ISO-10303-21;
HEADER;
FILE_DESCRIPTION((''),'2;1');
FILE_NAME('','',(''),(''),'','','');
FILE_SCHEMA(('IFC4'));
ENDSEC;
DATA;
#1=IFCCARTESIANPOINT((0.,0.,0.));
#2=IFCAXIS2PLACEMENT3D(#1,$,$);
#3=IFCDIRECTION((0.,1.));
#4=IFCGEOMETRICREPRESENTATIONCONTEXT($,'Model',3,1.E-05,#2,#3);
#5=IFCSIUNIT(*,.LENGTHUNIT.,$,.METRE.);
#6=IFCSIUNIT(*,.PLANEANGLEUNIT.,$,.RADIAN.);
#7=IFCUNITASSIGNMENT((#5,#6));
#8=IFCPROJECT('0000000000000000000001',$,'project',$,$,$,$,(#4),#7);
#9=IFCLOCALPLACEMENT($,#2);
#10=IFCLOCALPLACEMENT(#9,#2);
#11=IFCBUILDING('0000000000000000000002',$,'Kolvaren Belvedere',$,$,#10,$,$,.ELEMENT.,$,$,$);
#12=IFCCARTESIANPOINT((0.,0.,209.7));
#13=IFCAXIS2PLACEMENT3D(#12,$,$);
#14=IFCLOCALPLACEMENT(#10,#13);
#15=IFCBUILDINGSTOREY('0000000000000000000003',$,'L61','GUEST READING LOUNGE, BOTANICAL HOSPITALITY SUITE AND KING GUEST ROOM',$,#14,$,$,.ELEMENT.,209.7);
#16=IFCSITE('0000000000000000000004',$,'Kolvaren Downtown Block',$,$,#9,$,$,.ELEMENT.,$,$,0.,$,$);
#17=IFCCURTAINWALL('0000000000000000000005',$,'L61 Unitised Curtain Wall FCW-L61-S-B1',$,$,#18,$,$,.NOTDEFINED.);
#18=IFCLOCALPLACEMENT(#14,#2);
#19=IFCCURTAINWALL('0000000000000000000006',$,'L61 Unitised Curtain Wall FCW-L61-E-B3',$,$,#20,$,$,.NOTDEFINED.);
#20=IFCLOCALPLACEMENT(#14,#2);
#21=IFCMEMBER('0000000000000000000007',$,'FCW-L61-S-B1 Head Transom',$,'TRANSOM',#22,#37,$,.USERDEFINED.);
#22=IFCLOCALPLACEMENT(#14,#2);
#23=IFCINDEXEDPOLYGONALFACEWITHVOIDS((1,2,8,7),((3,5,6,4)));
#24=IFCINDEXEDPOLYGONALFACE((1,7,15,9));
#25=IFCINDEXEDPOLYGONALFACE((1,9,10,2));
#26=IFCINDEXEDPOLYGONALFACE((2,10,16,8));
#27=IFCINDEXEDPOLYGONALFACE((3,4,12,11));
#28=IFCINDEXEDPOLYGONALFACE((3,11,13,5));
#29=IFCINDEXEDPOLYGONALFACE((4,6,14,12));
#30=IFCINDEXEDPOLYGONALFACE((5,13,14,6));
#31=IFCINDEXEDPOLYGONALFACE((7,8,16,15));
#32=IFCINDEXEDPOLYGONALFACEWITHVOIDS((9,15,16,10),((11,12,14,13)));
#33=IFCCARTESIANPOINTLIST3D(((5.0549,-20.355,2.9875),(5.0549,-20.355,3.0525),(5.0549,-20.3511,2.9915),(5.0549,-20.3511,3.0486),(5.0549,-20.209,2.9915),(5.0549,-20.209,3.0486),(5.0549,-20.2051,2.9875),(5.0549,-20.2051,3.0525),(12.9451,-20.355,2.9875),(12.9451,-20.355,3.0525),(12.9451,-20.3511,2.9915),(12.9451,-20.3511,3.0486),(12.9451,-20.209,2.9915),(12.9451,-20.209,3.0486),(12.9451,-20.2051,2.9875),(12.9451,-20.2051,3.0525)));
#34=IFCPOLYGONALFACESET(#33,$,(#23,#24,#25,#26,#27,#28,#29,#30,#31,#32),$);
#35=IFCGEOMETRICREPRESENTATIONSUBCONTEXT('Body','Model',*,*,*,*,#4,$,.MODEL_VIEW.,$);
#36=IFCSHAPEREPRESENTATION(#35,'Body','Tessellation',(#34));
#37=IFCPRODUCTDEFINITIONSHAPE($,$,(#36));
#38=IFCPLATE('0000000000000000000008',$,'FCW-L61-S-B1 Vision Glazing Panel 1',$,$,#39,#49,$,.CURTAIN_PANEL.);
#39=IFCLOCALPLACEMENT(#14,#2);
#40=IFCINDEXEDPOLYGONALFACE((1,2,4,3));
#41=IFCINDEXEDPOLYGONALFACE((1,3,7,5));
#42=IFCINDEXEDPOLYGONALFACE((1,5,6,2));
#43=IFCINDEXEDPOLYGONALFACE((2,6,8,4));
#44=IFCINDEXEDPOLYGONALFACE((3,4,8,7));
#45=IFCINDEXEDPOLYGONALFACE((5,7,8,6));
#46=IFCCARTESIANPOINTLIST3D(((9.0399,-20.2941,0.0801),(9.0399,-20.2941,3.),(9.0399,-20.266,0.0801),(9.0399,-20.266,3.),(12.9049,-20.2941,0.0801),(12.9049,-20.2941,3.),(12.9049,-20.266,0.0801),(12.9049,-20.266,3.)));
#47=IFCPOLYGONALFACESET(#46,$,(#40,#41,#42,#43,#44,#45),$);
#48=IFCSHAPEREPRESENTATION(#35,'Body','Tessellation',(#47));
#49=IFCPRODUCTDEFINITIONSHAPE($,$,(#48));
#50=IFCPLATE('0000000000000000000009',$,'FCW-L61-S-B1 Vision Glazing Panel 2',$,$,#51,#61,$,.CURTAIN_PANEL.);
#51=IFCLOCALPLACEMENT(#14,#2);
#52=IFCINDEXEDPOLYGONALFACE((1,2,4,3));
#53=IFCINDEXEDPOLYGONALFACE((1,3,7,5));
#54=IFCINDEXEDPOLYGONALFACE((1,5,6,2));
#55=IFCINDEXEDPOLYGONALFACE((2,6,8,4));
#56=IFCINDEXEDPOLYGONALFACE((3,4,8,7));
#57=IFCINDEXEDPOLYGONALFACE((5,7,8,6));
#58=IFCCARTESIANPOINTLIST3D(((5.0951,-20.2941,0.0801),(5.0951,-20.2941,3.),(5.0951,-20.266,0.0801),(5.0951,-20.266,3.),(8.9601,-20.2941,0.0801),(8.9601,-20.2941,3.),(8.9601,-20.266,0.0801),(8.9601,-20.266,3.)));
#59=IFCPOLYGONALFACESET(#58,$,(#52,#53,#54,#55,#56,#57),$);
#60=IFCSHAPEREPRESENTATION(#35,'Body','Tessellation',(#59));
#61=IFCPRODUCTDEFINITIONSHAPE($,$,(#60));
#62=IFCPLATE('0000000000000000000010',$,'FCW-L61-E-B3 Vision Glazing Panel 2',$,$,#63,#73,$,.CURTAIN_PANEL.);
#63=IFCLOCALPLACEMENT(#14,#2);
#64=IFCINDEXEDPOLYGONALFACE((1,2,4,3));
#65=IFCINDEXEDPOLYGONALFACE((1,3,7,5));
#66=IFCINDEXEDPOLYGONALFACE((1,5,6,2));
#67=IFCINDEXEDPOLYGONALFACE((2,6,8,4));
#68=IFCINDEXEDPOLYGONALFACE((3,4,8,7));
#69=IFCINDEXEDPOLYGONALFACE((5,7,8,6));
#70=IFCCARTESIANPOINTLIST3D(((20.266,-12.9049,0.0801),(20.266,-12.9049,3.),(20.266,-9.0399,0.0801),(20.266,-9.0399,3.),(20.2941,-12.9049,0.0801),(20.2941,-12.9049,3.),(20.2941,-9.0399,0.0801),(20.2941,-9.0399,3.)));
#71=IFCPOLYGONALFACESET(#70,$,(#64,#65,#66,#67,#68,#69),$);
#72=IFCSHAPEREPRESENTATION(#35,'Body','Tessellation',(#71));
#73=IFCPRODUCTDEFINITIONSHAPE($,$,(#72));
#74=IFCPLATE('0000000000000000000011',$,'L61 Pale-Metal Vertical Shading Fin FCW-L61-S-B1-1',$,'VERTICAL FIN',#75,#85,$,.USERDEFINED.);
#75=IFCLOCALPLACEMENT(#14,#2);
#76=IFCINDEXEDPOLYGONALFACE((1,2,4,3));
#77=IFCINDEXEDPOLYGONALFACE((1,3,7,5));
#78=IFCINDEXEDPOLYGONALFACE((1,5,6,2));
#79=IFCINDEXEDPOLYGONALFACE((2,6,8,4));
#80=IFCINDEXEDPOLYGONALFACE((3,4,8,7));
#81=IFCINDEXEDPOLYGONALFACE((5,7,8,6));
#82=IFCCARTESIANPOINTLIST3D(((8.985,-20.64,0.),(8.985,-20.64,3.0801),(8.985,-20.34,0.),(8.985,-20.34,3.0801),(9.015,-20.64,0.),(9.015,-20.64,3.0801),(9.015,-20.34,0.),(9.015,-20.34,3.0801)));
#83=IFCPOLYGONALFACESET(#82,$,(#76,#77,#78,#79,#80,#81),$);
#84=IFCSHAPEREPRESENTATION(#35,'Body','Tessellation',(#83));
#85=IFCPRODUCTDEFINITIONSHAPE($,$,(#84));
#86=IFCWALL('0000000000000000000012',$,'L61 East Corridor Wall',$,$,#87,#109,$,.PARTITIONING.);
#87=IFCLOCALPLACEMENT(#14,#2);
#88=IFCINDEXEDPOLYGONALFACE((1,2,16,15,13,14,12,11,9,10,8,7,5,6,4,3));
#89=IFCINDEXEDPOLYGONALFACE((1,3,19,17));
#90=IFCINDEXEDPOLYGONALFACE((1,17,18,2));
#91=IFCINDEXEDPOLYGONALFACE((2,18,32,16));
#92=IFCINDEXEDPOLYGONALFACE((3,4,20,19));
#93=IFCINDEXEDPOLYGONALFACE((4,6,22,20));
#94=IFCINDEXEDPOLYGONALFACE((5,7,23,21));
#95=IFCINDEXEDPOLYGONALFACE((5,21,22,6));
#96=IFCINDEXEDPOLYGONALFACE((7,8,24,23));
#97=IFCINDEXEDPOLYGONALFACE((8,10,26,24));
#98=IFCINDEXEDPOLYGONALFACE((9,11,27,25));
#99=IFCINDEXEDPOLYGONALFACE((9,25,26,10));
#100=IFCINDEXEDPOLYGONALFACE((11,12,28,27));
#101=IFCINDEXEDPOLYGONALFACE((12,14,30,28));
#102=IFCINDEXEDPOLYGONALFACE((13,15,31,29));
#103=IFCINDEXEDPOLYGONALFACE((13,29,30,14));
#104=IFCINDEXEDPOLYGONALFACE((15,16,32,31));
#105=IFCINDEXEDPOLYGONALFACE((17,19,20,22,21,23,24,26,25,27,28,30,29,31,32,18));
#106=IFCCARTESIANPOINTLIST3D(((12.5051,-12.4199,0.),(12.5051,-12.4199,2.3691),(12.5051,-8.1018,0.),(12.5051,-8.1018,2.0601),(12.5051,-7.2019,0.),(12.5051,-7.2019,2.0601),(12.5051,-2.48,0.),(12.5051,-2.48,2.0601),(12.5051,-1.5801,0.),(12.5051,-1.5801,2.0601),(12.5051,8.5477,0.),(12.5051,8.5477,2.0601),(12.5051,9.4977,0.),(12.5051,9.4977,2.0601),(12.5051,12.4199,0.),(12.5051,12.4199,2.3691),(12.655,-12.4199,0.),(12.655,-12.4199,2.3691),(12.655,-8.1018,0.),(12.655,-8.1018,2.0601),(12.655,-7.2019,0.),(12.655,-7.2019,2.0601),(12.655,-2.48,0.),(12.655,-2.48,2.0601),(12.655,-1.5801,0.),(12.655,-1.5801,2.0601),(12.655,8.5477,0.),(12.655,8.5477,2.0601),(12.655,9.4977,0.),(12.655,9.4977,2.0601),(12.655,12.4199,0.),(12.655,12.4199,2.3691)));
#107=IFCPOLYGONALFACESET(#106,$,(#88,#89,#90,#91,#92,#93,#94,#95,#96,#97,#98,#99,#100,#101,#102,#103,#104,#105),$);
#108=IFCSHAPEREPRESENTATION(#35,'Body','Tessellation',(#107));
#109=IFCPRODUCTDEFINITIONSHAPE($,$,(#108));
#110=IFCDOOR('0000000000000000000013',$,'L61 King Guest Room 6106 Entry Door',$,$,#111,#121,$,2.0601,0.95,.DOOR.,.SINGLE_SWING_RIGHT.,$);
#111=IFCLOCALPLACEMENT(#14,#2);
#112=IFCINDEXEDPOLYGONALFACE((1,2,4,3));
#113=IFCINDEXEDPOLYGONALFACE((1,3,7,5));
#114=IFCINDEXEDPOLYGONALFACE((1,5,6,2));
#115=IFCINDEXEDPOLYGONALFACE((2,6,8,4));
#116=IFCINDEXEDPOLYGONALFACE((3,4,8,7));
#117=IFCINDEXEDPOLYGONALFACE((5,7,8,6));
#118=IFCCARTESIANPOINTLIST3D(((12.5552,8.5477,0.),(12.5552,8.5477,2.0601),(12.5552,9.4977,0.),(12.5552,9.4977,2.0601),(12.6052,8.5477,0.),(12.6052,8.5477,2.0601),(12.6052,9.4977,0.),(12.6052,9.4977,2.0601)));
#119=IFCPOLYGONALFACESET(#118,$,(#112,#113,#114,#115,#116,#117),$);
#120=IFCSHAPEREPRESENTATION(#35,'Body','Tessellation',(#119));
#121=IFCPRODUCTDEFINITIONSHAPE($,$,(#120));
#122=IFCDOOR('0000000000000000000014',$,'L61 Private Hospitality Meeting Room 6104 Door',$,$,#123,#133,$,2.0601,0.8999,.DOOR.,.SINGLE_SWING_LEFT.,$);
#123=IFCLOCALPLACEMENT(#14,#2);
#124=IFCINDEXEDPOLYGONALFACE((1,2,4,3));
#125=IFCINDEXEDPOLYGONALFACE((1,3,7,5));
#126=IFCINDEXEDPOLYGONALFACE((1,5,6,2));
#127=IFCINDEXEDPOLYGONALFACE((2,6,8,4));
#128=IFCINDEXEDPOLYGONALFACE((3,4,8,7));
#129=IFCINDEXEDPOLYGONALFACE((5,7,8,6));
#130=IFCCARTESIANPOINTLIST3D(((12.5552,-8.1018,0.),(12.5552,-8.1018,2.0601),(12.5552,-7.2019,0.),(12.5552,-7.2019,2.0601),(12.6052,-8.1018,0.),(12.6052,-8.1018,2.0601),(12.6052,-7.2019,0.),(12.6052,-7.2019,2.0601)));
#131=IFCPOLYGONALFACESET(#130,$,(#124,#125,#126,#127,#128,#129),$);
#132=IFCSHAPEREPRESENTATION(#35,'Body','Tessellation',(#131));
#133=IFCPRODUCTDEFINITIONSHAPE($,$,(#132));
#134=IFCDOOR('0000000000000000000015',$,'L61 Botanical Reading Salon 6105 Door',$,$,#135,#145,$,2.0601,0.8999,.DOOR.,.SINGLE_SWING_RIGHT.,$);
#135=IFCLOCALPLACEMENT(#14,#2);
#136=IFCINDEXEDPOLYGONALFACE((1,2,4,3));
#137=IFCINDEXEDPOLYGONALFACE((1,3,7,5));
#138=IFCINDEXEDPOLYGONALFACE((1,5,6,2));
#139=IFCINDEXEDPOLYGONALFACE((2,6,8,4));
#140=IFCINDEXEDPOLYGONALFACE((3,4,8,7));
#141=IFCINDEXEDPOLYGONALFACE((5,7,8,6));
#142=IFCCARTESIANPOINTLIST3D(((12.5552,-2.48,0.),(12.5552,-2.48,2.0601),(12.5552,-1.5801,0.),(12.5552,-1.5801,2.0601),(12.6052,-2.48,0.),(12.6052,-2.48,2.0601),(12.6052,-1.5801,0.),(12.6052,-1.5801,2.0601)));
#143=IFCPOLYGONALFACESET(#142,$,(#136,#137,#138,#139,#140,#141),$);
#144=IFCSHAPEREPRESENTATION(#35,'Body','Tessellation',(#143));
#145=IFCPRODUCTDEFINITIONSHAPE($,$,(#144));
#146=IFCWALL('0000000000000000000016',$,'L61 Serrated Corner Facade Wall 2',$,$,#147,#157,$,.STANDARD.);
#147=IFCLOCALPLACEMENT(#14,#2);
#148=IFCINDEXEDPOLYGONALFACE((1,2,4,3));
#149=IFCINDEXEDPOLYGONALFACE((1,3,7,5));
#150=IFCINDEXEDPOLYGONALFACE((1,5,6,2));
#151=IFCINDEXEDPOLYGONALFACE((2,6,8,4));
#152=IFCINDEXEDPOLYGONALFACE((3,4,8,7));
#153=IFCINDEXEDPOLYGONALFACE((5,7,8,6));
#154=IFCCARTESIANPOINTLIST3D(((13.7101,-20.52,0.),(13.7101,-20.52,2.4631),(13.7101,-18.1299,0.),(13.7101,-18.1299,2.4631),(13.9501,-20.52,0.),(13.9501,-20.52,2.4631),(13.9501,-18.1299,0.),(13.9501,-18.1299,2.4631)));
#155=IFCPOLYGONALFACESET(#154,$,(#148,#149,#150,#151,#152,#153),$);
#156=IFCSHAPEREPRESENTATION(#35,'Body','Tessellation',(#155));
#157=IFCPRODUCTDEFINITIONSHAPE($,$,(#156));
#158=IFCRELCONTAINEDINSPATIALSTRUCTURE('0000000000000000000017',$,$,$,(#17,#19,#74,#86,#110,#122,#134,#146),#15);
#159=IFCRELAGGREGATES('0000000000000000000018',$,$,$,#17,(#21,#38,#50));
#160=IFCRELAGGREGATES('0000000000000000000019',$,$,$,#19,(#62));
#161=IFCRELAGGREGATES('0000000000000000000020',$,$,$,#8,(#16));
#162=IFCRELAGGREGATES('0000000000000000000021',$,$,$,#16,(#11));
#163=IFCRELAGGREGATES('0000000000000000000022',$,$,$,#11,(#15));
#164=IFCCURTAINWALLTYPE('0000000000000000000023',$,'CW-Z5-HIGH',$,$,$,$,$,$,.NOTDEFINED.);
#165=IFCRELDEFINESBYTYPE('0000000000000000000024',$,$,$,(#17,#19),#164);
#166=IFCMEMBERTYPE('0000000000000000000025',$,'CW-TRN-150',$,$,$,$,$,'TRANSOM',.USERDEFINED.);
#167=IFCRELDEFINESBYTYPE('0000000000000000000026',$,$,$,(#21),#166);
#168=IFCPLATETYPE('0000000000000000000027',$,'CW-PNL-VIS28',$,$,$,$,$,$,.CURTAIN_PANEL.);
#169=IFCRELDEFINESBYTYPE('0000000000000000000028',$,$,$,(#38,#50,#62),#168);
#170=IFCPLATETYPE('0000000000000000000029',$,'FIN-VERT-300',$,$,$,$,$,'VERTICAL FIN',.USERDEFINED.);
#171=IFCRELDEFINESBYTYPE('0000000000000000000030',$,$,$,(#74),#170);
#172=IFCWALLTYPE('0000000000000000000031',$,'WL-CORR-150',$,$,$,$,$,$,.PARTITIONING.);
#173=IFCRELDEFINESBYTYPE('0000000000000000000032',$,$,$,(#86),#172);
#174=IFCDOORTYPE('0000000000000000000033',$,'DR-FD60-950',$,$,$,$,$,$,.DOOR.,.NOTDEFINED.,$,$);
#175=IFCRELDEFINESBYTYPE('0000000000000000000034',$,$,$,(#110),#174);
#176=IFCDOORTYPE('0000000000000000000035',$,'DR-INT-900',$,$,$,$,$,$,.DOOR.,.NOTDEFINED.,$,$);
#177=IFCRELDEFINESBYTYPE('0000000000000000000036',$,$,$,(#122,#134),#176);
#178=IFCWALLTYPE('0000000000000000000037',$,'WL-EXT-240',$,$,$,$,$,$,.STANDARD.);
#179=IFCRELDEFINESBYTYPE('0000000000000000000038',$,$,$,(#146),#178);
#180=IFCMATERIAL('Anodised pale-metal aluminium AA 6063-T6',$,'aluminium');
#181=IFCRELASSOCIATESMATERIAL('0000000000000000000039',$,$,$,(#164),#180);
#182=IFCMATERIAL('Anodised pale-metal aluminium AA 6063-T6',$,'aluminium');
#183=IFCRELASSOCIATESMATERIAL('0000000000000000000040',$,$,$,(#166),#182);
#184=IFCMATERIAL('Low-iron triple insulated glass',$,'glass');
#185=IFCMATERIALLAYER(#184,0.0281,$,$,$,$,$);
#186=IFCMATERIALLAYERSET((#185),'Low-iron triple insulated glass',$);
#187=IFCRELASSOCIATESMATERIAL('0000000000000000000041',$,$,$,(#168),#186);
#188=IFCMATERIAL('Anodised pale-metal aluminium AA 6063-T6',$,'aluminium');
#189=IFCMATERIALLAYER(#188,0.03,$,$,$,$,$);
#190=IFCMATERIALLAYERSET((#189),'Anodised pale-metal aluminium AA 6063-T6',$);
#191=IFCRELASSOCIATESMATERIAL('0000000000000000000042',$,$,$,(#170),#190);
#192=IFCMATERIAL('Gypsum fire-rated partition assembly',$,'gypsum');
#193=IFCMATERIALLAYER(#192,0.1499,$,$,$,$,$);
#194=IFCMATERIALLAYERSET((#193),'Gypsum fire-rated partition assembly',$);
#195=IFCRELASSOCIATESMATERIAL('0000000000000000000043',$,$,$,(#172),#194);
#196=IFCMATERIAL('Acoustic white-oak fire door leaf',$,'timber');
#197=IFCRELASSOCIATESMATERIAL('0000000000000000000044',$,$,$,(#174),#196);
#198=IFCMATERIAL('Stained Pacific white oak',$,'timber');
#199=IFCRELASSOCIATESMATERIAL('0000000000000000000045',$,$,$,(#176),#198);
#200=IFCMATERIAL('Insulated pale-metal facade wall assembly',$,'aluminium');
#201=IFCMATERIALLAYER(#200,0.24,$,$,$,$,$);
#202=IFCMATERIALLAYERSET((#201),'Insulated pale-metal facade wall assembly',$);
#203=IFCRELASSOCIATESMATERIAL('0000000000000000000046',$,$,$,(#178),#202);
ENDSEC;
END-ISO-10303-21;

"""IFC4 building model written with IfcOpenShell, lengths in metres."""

from ifc_helpers import new_model, si_unit, direction, frame, frame_2d, origin, origin_2d, place, context, subcontext, project, spatial, rectangle, hollow_rectangle, extrude, material, layer, layer_set, material_profile, profile_set, type_object, element, fill, aggregate, save


model = new_model("IFC4")

# Units and contexts
model_context = context("Model", 3, precision=1e-05, world=origin(), true_north=direction((0.0, 1.0)))
body_context = subcontext(model_context, "Body", "Model", "MODEL_VIEW")
ifc_project = project(units=[si_unit("LENGTHUNIT", "METRE"), si_unit("PLANEANGLEUNIT", "RADIAN")], contexts=[model_context])

# Site, building, storey
site_placement = place(None, origin())
site = spatial("IfcSite", under=ifc_project, at=site_placement, Name="Kolvaren Downtown Block", CompositionType="ELEMENT", RefElevation=0.0)
building_placement = place(site_placement, origin())
building = spatial("IfcBuilding", under=site, at=building_placement, Name="Kolvaren Belvedere", CompositionType="ELEMENT")
storey_placement = place(building_placement, frame((0.0, 0.0, 209.7)))
storey = spatial("IfcBuildingStorey", under=building, at=storey_placement, Name="L61", Description="GUEST READING LOUNGE, BOTANICAL HOSPITALITY SUITE AND KING GUEST ROOM", CompositionType="ELEMENT", Elevation=209.7)

# Curtain wall
ifc_material_1 = material(Name="Anodised pale-metal aluminium AA 6063-T6", Category="aluminium")
curtain_wall_type = type_object("IfcCurtainWallType", Name="CW-Z5-HIGH", PredefinedType="NOTDEFINED", material=ifc_material_1)
curtain_wall_1_placement = place(storey_placement, origin())
curtain_wall_1 = element("IfcCurtainWall", 1, at=curtain_wall_1_placement, inside=storey, type_object=curtain_wall_type, Name="L61 Unitised Curtain Wall FCW-L61-S-B1", PredefinedType="NOTDEFINED")

# Curtain wall
curtain_wall_2_placement = place(storey_placement, origin())
curtain_wall_2 = element("IfcCurtainWall", 2, at=curtain_wall_2_placement, inside=storey, type_object=curtain_wall_type, Name="L61 Unitised Curtain Wall FCW-L61-E-B3", PredefinedType="NOTDEFINED")

# Member
ifc_material_2 = material(Name="Anodised pale-metal aluminium AA 6063-T6", Category="aluminium")
ifc_material_profile_1 = material_profile(ifc_material_2, hollow_rectangle(XDim=0.0649, YDim=0.1499, WallThickness=0.0039, at=origin_2d()), Name="ALU-TRN-150X65")
ifc_profile_set_1 = profile_set([ifc_material_profile_1], Name="Anodised pale-metal aluminium AA 6063-T6")
member_type_1 = type_object("IfcMemberType", Name="CW-TRN-150", ElementType="TRANSOM", PredefinedType="USERDEFINED", material=ifc_profile_set_1)
member_1_placement = place(storey_placement, frame((12.9451, -20.28, 3.02), z_axis=(-1.0, 0.0, 0.0), x_axis=(0.0, 0.0, 1.0)))
member_1 = element("IfcMember", 3, at=member_1_placement, type_object=member_type_1, Name="FCW-L61-S-B1 Head Transom", ObjectType="TRANSOM", PredefinedType="USERDEFINED", context=body_context, shape_type="SweptSolid", body=[
    extrude(hollow_rectangle(XDim=0.0649, YDim=0.1499, WallThickness=0.0039, at=origin_2d()), origin(), (0.0, 0.0, 1.0), 7.8901),
])

# Plates
ifc_material_3 = material(Name="Low-iron triple insulated glass", Category="glass")
ifc_layer_1 = layer(ifc_material_3, 0.0281)
ifc_layer_set_1 = layer_set([ifc_layer_1], Name="Low-iron triple insulated glass")
plate_type_1 = type_object("IfcPlateType", Name="CW-PNL-VIS28", PredefinedType="CURTAIN_PANEL", material=ifc_layer_set_1)
plate_1_placement = place(storey_placement, frame((10.9724, -20.28, 0.0801), z_axis=(0.0, 0.0, 1.0), x_axis=(-1.0, 0.0, 0.0)))
plate_1 = element("IfcPlate", 4, at=plate_1_placement, type_object=plate_type_1, Name="FCW-L61-S-B1 Vision Glazing Panel 1", PredefinedType="CURTAIN_PANEL", context=body_context, shape_type="SweptSolid", body=[
    extrude(rectangle(XDim=3.865, YDim=0.0281, at=origin_2d()), origin(), (0.0, 0.0, 1.0), 2.9199),
])
plate_2_placement = place(storey_placement, frame((7.0276, -20.28, 0.0801), z_axis=(0.0, 0.0, 1.0), x_axis=(-1.0, 0.0, 0.0)))
plate_2 = element("IfcPlate", 5, at=plate_2_placement, type_object=plate_type_1, Name="FCW-L61-S-B1 Vision Glazing Panel 2", PredefinedType="CURTAIN_PANEL", context=body_context, shape_type="SweptSolid", body=[
    extrude(rectangle(XDim=3.865, YDim=0.0281, at=origin_2d()), origin(), (0.0, 0.0, 1.0), 2.9199),
])
aggregate(curtain_wall_1, [member_1, plate_1, plate_2])
plate_3_placement = place(storey_placement, frame((20.28, -10.9724, 0.0801), z_axis=(0.0, 0.0, 1.0), x_axis=(0.0, -1.0, 0.0)))
plate_3 = element("IfcPlate", 6, at=plate_3_placement, type_object=plate_type_1, Name="FCW-L61-E-B3 Vision Glazing Panel 2", PredefinedType="CURTAIN_PANEL", context=body_context, shape_type="SweptSolid", body=[
    extrude(rectangle(XDim=3.865, YDim=0.0281, at=origin_2d()), origin(), (0.0, 0.0, 1.0), 2.9199),
])
aggregate(curtain_wall_2, [plate_3])
ifc_material_4 = material(Name="Anodised pale-metal aluminium AA 6063-T6", Category="aluminium")
ifc_layer_2 = layer(ifc_material_4, 0.03)
ifc_layer_set_2 = layer_set([ifc_layer_2], Name="Anodised pale-metal aluminium AA 6063-T6")
plate_type_2 = type_object("IfcPlateType", Name="FIN-VERT-300", ElementType="VERTICAL FIN", PredefinedType="USERDEFINED", material=ifc_layer_set_2)
plate_4_placement = place(storey_placement, frame((9.0, -20.49, 0.0), z_axis=(0.0, 0.0, 1.0), x_axis=(0.0, 1.0, 0.0)))
element("IfcPlate", 7, at=plate_4_placement, inside=storey, type_object=plate_type_2, Name="L61 Pale-Metal Vertical Shading Fin FCW-L61-S-B1-1", ObjectType="VERTICAL FIN", PredefinedType="USERDEFINED", context=body_context, shape_type="SweptSolid", body=[
    extrude(rectangle(XDim=0.3, YDim=0.03, at=origin_2d()), origin(), (0.0, 0.0, 1.0), 3.0801),
])

# Wall, openings, doors
ifc_material_5 = material(Name="Gypsum fire-rated partition assembly", Category="gypsum")
ifc_layer_3 = layer(ifc_material_5, 0.1499)
ifc_layer_set_3 = layer_set([ifc_layer_3], Name="Gypsum fire-rated partition assembly")
wall_type_1 = type_object("IfcWallType", Name="WL-CORR-150", PredefinedType="PARTITIONING", material=ifc_layer_set_3)
wall_1_placement = place(storey_placement, frame((12.5801, -12.4199, 0.0), z_axis=(0.0, 0.0, 1.0), x_axis=(0.0, 1.0, 0.0)))
wall_1 = element("IfcWall", 8, at=wall_1_placement, inside=storey, type_object=wall_type_1, Name="L61 East Corridor Wall", PredefinedType="PARTITIONING", context=body_context, shape_type="SweptSolid", body=[
    extrude(rectangle(XDim=24.8398, YDim=0.1499, at=frame_2d((12.4199, 0.0))), origin(), (0.0, 0.0, 1.0), 2.3691),
])
opening_1_placement = place(wall_1_placement, frame((4.3181, 0.0, 0.0)))
opening_1 = element("IfcOpeningElement", 9, at=opening_1_placement, cuts=wall_1, PredefinedType="OPENING", context=body_context, shape_type="SweptSolid", body=[
    extrude(rectangle(XDim=0.8999, YDim=2.0601, at=frame_2d((0.45, 1.03))), frame((0.0, 0.085, 0.0), z_axis=(0.0, -1.0, 0.0), x_axis=(1.0, 0.0, 0.0)), (0.0, 0.0, 1.0), 0.1699),
])
opening_2_placement = place(wall_1_placement, frame((9.9399, 0.0, 0.0)))
opening_2 = element("IfcOpeningElement", 10, at=opening_2_placement, cuts=wall_1, PredefinedType="OPENING", context=body_context, shape_type="SweptSolid", body=[
    extrude(rectangle(XDim=0.8999, YDim=2.0601, at=frame_2d((0.45, 1.03))), frame((0.0, 0.085, 0.0), z_axis=(0.0, -1.0, 0.0), x_axis=(1.0, 0.0, 0.0)), (0.0, 0.0, 1.0), 0.1699),
])
opening_3_placement = place(wall_1_placement, frame((20.9675, 0.0, 0.0)))
opening_3 = element("IfcOpeningElement", 11, at=opening_3_placement, cuts=wall_1, PredefinedType="OPENING", context=body_context, shape_type="SweptSolid", body=[
    extrude(rectangle(XDim=0.95, YDim=2.0601, at=frame_2d((0.4751, 1.03))), frame((0.0, 0.085, 0.0), z_axis=(0.0, -1.0, 0.0), x_axis=(1.0, 0.0, 0.0)), (0.0, 0.0, 1.0), 0.1699),
])
ifc_material_6 = material(Name="Acoustic white-oak fire door leaf", Category="timber")
door_type_1 = type_object("IfcDoorType", Name="DR-FD60-950", OperationType="NOTDEFINED", PredefinedType="DOOR", material=ifc_material_6)
door_1_placement = place(opening_3_placement, origin())
door_1 = element("IfcDoor", 12, at=door_1_placement, inside=storey, type_object=door_type_1, Name="L61 King Guest Room 6106 Entry Door", OperationType="SINGLE_SWING_RIGHT", OverallHeight=2.0601, OverallWidth=0.95, PredefinedType="DOOR", context=body_context, shape_type="SweptSolid", body=[
    extrude(rectangle(XDim=0.95, YDim=2.0601, at=frame_2d((0.4751, 1.03))), frame((0.0, 0.0249, 0.0), z_axis=(0.0, -1.0, 0.0), x_axis=(1.0, 0.0, 0.0)), (0.0, 0.0, 1.0), 0.05),
])
fill(opening_3, door_1)
ifc_material_7 = material(Name="Stained Pacific white oak", Category="timber")
door_type_2 = type_object("IfcDoorType", Name="DR-INT-900", OperationType="NOTDEFINED", PredefinedType="DOOR", material=ifc_material_7)
door_2_placement = place(opening_1_placement, origin())
door_2 = element("IfcDoor", 13, at=door_2_placement, inside=storey, type_object=door_type_2, Name="L61 Private Hospitality Meeting Room 6104 Door", OperationType="SINGLE_SWING_LEFT", OverallHeight=2.0601, OverallWidth=0.8999, PredefinedType="DOOR", context=body_context, shape_type="SweptSolid", body=[
    extrude(rectangle(XDim=0.8999, YDim=2.0601, at=frame_2d((0.45, 1.03))), frame((0.0, 0.0249, 0.0), z_axis=(0.0, -1.0, 0.0), x_axis=(1.0, 0.0, 0.0)), (0.0, 0.0, 1.0), 0.05),
])
fill(opening_1, door_2)
door_3_placement = place(opening_2_placement, origin())
door_3 = element("IfcDoor", 14, at=door_3_placement, inside=storey, type_object=door_type_2, Name="L61 Botanical Reading Salon 6105 Door", OperationType="SINGLE_SWING_RIGHT", OverallHeight=2.0601, OverallWidth=0.8999, PredefinedType="DOOR", context=body_context, shape_type="SweptSolid", body=[
    extrude(rectangle(XDim=0.8999, YDim=2.0601, at=frame_2d((0.45, 1.03))), frame((0.0, 0.0249, 0.0), z_axis=(0.0, -1.0, 0.0), x_axis=(1.0, 0.0, 0.0)), (0.0, 0.0, 1.0), 0.05),
])
fill(opening_2, door_3)

# Wall
ifc_material_8 = material(Name="Insulated pale-metal facade wall assembly", Category="aluminium")
ifc_layer_4 = layer(ifc_material_8, 0.24)
ifc_layer_set_4 = layer_set([ifc_layer_4], Name="Insulated pale-metal facade wall assembly")
wall_type_2 = type_object("IfcWallType", Name="WL-EXT-240", PredefinedType="STANDARD", material=ifc_layer_set_4)
wall_2_placement = place(storey_placement, frame((13.8301, -18.1299, 0.0), z_axis=(0.0, 0.0, 1.0), x_axis=(0.0, -1.0, 0.0)))
element("IfcWall", 15, at=wall_2_placement, inside=storey, type_object=wall_type_2, Name="L61 Serrated Corner Facade Wall 2", PredefinedType="STANDARD", context=body_context, shape_type="SweptSolid", body=[
    extrude(rectangle(XDim=2.3901, YDim=0.24, at=frame_2d((1.1951, 0.0))), origin(), (0.0, 0.0, 1.0), 2.4631),
])

save(model, "model.ifc")
